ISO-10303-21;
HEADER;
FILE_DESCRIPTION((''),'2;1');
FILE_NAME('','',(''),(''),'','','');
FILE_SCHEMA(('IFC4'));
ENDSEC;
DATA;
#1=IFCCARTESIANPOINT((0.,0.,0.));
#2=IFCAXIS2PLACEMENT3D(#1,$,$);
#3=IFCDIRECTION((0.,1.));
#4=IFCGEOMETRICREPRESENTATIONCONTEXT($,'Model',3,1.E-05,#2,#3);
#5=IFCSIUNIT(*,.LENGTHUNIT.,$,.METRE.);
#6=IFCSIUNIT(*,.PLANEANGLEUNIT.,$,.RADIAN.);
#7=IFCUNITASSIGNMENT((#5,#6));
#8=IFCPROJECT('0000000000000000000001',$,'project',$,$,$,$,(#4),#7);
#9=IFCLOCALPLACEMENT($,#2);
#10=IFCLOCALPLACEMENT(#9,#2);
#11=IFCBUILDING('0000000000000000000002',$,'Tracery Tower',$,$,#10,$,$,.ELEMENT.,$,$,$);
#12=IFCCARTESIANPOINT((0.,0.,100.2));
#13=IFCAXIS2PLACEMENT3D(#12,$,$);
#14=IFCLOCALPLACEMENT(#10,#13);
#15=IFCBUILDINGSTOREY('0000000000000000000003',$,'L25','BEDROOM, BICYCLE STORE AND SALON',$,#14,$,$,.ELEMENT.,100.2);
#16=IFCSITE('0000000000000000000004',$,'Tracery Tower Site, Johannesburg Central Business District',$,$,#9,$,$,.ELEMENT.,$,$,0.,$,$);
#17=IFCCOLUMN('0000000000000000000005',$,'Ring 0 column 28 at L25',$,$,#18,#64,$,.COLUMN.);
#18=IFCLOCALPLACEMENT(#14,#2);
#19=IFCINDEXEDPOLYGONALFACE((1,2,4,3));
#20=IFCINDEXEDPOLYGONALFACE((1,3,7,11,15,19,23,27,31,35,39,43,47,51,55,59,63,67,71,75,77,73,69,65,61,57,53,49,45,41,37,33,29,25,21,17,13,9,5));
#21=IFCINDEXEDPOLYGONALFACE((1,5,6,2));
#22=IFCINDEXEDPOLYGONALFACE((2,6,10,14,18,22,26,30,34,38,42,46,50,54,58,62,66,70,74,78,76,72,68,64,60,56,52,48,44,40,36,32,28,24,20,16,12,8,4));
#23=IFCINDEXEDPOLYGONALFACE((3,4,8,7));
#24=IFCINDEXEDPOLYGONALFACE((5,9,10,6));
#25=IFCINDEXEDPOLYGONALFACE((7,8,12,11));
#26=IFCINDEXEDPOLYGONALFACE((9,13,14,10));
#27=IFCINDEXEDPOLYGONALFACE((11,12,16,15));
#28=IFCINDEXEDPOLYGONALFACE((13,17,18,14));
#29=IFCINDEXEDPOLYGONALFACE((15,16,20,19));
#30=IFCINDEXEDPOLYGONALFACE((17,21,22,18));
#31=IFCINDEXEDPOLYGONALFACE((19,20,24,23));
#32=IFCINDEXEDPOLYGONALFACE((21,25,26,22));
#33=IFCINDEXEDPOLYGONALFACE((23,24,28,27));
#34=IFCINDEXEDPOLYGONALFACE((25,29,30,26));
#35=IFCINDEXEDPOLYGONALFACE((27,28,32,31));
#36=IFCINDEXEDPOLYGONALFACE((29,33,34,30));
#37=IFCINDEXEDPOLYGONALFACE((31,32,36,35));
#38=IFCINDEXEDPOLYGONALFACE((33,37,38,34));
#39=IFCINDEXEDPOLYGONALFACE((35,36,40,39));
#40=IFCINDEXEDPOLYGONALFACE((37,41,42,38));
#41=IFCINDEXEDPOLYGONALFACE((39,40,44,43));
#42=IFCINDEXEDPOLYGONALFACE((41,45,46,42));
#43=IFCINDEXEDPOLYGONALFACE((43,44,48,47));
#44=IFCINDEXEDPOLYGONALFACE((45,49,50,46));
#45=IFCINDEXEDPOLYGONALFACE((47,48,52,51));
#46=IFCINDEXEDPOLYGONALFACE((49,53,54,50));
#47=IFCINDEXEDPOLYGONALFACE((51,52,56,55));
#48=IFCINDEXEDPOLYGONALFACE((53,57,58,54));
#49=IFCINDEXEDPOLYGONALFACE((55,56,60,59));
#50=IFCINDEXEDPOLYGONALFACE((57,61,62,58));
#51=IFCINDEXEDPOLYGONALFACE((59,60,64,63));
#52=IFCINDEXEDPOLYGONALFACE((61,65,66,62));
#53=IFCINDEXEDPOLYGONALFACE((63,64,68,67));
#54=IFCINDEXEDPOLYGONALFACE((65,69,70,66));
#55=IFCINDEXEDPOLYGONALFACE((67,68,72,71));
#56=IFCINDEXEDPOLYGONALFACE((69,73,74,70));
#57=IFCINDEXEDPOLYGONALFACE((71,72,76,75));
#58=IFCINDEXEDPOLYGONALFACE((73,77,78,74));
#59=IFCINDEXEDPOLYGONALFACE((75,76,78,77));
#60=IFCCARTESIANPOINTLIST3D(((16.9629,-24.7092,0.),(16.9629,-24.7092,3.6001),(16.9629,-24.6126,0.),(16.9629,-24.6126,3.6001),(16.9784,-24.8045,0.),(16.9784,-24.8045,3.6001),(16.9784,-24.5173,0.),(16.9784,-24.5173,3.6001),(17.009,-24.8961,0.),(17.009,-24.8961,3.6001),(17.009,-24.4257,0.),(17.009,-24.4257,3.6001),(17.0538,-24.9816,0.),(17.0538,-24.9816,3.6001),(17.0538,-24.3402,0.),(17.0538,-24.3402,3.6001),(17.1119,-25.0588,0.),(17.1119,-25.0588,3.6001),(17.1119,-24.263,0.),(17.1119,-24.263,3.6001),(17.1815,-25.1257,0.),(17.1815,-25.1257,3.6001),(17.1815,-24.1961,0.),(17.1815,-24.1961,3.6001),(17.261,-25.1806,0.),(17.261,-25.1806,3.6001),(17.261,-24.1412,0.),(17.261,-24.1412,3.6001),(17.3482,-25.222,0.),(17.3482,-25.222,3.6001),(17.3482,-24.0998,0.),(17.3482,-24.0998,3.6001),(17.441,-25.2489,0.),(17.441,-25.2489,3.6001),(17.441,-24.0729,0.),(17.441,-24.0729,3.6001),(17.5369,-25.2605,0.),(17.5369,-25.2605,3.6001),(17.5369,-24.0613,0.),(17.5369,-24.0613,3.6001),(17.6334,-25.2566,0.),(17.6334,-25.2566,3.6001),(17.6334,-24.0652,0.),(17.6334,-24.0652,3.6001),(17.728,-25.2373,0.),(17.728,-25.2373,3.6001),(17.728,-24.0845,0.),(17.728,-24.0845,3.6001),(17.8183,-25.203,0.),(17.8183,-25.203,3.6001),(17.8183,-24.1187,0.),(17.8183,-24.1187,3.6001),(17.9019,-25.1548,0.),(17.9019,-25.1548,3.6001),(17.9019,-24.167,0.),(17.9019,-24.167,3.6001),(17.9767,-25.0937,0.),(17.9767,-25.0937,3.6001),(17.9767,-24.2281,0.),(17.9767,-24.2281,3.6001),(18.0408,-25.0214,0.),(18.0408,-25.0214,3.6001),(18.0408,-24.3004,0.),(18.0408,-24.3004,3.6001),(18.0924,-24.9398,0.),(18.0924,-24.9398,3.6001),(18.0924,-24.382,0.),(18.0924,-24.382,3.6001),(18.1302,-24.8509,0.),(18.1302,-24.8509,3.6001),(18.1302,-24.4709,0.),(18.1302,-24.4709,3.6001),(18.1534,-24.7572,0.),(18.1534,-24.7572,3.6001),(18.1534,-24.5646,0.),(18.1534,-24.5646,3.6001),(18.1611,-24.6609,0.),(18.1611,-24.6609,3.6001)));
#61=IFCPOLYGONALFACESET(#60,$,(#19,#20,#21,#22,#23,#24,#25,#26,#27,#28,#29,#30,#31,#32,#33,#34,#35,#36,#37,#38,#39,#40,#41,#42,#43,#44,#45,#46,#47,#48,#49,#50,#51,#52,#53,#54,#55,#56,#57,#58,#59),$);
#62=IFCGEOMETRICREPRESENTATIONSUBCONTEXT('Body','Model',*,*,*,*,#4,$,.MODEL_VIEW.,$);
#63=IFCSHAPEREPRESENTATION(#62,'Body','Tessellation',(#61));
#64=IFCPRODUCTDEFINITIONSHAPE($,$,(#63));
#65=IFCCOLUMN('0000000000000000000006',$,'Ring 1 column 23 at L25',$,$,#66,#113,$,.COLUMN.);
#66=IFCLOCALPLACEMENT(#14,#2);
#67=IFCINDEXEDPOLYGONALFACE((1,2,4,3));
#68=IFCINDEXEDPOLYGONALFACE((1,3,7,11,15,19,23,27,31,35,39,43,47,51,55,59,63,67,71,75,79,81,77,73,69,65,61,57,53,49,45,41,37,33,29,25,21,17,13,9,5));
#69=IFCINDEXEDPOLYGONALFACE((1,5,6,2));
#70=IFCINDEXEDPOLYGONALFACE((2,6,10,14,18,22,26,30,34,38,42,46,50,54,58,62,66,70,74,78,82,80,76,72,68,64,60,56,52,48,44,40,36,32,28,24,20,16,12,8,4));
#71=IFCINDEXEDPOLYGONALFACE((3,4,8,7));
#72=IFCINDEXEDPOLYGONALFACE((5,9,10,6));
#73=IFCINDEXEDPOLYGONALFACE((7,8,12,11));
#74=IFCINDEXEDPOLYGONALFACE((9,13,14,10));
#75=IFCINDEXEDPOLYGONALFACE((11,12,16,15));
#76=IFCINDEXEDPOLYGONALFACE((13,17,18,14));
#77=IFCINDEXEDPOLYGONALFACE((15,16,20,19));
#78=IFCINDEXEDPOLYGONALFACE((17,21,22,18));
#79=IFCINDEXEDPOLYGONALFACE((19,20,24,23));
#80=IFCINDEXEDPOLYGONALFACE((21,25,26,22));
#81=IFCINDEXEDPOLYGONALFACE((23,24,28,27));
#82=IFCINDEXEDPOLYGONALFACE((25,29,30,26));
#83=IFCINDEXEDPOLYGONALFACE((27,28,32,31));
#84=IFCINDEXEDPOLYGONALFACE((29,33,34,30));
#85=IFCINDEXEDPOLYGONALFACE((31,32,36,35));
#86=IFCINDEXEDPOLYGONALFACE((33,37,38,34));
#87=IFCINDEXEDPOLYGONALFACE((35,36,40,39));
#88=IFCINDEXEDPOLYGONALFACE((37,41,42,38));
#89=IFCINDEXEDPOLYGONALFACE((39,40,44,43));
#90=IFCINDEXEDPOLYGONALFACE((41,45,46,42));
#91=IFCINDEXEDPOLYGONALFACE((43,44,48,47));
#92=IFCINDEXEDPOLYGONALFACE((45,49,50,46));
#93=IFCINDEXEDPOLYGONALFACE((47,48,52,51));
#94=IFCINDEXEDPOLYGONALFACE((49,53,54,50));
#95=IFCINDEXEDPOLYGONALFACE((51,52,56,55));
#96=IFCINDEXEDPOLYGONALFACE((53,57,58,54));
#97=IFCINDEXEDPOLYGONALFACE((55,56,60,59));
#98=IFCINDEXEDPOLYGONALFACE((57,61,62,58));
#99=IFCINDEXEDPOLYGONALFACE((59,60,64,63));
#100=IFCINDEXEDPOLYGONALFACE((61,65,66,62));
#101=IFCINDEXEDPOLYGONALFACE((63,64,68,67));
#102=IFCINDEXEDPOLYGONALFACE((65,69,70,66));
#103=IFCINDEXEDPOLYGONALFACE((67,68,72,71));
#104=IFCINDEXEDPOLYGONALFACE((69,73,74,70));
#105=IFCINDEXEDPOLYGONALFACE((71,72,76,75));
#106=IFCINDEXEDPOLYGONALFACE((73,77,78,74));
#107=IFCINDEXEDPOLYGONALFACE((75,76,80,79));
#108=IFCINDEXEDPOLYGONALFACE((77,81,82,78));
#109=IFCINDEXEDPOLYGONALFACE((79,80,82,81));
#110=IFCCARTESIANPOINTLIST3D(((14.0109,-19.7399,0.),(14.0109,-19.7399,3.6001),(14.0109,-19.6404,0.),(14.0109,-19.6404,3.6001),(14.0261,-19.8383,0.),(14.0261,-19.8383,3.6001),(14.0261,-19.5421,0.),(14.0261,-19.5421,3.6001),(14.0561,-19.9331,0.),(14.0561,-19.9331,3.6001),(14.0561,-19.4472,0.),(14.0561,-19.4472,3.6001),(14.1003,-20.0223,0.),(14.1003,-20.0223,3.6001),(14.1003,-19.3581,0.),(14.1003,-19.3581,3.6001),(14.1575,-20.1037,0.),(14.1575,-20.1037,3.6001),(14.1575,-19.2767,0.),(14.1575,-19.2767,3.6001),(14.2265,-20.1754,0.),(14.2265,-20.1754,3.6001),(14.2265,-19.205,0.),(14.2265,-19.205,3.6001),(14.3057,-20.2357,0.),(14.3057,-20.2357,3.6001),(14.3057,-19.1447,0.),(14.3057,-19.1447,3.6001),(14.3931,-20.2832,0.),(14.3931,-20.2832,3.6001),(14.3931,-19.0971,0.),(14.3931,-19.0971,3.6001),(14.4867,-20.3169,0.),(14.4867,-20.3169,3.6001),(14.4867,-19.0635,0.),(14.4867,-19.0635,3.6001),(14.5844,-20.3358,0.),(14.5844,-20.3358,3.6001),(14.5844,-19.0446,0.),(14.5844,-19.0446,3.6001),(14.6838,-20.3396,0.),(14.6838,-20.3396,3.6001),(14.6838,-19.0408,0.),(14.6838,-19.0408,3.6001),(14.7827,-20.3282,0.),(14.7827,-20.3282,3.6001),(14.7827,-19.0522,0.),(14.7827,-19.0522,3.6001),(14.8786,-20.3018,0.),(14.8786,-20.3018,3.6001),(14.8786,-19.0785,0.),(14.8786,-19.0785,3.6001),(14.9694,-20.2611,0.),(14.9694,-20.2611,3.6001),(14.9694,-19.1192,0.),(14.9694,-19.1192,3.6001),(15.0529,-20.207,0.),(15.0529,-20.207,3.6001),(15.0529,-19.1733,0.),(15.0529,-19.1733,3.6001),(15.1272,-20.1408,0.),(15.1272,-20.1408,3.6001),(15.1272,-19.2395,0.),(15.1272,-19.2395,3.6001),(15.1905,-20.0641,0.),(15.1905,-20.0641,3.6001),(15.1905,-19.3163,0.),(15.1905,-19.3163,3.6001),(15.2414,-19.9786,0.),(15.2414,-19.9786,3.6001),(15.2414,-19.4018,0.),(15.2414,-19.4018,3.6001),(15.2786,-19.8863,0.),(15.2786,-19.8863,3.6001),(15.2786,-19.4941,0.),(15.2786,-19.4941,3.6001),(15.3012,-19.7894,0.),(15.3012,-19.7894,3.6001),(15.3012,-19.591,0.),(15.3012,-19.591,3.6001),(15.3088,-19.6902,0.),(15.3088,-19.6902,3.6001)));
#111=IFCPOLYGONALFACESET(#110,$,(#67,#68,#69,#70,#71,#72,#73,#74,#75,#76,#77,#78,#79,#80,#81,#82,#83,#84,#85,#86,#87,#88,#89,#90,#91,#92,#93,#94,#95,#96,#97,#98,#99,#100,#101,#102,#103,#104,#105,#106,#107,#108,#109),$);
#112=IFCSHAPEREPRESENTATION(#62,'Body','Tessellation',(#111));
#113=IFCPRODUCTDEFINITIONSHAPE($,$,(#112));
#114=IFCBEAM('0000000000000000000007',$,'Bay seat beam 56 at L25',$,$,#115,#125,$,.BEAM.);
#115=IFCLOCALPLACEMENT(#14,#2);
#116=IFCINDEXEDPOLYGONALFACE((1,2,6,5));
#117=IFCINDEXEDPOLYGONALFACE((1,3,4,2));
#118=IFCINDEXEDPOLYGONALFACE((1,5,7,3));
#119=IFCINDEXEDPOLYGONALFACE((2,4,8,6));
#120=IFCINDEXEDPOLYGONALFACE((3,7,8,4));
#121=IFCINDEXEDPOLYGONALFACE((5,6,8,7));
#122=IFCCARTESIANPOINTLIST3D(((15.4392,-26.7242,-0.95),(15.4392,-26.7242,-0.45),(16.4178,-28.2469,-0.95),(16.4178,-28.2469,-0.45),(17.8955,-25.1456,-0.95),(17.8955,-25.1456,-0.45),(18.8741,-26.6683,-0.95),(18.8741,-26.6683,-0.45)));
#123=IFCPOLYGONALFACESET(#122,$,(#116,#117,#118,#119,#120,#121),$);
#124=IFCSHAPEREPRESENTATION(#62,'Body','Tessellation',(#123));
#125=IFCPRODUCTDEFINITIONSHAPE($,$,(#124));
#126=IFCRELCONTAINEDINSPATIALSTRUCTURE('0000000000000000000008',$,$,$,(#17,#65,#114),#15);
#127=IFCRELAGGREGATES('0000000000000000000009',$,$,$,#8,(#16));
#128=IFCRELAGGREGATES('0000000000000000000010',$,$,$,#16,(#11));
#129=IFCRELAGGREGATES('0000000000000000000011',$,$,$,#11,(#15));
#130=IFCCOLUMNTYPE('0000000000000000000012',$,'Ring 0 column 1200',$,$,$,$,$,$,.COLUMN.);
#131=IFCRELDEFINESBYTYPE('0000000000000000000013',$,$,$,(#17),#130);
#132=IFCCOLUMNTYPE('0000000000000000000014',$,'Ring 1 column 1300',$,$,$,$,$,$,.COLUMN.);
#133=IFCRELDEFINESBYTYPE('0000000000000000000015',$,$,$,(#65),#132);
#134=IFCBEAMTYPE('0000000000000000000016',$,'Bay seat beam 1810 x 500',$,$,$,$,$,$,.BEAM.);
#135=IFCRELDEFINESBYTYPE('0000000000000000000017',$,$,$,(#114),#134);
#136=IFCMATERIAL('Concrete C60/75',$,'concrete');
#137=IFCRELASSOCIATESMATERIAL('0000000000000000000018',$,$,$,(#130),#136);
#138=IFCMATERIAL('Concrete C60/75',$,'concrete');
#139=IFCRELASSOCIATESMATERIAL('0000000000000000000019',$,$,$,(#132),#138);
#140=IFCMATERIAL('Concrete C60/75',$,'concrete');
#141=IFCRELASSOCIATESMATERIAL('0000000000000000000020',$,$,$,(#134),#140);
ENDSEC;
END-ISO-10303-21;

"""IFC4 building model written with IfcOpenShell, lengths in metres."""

from ifc_helpers import new_model, si_unit, direction, frame, origin, origin_2d, place, context, subcontext, project, spatial, rectangle, circle, extrude, material, material_profile, profile_set, type_object, element, save


model = new_model("IFC4")

# Units and contexts
model_context = context("Model", 3, precision=1e-05, world=origin(), true_north=direction((0.0, 1.0)))
body_context = subcontext(model_context, "Body", "Model", "MODEL_VIEW")
ifc_project = project(units=[si_unit("LENGTHUNIT", "METRE"), si_unit("PLANEANGLEUNIT", "RADIAN")], contexts=[model_context])

# Site, building, storey
site_placement = place(None, origin())
site = spatial("IfcSite", under=ifc_project, at=site_placement, Name="Tracery Tower Site, Johannesburg Central Business District", CompositionType="ELEMENT", RefElevation=0.0)
building_placement = place(site_placement, origin())
building = spatial("IfcBuilding", under=site, at=building_placement, Name="Tracery Tower", CompositionType="ELEMENT")
storey_placement = place(building_placement, frame((0.0, 0.0, 100.2)))
storey = spatial("IfcBuildingStorey", under=building, at=storey_placement, Name="L25", Description="BEDROOM, BICYCLE STORE AND SALON", CompositionType="ELEMENT", Elevation=100.2)

# Columns
ifc_material_1 = material(Name="Concrete C60/75", Category="concrete")
ifc_material_profile_1 = material_profile(ifc_material_1, circle(Radius=0.6001, at=origin_2d()), Name="RC D1200")
ifc_profile_set_1 = profile_set([ifc_material_profile_1], Name="Concrete C60/75")
column_type_1 = type_object("IfcColumnType", Name="Ring 0 column 1200", PredefinedType="COLUMN", material=ifc_profile_set_1)
column_1_placement = place(storey_placement, frame((17.561, -24.6609, 0.0), z_axis=(0.0, 0.0, 1.0), x_axis=(1.0, 0.0, 0.0)))
element("IfcColumn", 1, at=column_1_placement, inside=storey, type_object=column_type_1, Name="Ring 0 column 28 at L25", PredefinedType="COLUMN", context=body_context, shape_type="SweptSolid", body=[
    extrude(circle(Radius=0.6001, at=origin_2d()), origin(), (0.0, 0.0, 1.0), 3.6001),
])
ifc_material_2 = material(Name="Concrete C60/75", Category="concrete")
ifc_material_profile_2 = material_profile(ifc_material_2, circle(Radius=0.6499, at=origin_2d()), Name="RC D1300")
ifc_profile_set_2 = profile_set([ifc_material_profile_2], Name="Concrete C60/75")
column_type_2 = type_object("IfcColumnType", Name="Ring 1 column 1300", PredefinedType="COLUMN", material=ifc_profile_set_2)
column_2_placement = place(storey_placement, frame((14.6589, -19.6902, 0.0), z_axis=(0.0, 0.0, 1.0), x_axis=(1.0, 0.0, 0.0)))
element("IfcColumn", 2, at=column_2_placement, inside=storey, type_object=column_type_2, Name="Ring 1 column 23 at L25", PredefinedType="COLUMN", context=body_context, shape_type="SweptSolid", body=[
    extrude(circle(Radius=0.6499, at=origin_2d()), origin(), (0.0, 0.0, 1.0), 3.6001),
])

# Beam
ifc_material_3 = material(Name="Concrete C60/75", Category="concrete")
ifc_material_profile_3 = material_profile(ifc_material_3, rectangle(XDim=1.8101, YDim=0.5, at=origin_2d()), Name="RC 1810x500")
ifc_profile_set_3 = profile_set([ifc_material_profile_3], Name="Concrete C60/75")
beam_type = type_object("IfcBeamType", Name="Bay seat beam 1810 x 500", PredefinedType="BEAM", material=ifc_profile_set_3)
beam_placement = place(storey_placement, frame((15.9285, -27.4856, -0.7), z_axis=(0.841246, 0.540652, 0.0), x_axis=(-0.540652, 0.841246, 0.0)))
element("IfcBeam", 3, at=beam_placement, inside=storey, type_object=beam_type, Name="Bay seat beam 56 at L25", PredefinedType="BEAM", context=body_context, shape_type="SweptSolid", body=[
    extrude(rectangle(XDim=1.8101, YDim=0.5, at=origin_2d()), origin(), (0.0, 0.0, 1.0), 2.9199),
])

save(model, "model.ifc")
